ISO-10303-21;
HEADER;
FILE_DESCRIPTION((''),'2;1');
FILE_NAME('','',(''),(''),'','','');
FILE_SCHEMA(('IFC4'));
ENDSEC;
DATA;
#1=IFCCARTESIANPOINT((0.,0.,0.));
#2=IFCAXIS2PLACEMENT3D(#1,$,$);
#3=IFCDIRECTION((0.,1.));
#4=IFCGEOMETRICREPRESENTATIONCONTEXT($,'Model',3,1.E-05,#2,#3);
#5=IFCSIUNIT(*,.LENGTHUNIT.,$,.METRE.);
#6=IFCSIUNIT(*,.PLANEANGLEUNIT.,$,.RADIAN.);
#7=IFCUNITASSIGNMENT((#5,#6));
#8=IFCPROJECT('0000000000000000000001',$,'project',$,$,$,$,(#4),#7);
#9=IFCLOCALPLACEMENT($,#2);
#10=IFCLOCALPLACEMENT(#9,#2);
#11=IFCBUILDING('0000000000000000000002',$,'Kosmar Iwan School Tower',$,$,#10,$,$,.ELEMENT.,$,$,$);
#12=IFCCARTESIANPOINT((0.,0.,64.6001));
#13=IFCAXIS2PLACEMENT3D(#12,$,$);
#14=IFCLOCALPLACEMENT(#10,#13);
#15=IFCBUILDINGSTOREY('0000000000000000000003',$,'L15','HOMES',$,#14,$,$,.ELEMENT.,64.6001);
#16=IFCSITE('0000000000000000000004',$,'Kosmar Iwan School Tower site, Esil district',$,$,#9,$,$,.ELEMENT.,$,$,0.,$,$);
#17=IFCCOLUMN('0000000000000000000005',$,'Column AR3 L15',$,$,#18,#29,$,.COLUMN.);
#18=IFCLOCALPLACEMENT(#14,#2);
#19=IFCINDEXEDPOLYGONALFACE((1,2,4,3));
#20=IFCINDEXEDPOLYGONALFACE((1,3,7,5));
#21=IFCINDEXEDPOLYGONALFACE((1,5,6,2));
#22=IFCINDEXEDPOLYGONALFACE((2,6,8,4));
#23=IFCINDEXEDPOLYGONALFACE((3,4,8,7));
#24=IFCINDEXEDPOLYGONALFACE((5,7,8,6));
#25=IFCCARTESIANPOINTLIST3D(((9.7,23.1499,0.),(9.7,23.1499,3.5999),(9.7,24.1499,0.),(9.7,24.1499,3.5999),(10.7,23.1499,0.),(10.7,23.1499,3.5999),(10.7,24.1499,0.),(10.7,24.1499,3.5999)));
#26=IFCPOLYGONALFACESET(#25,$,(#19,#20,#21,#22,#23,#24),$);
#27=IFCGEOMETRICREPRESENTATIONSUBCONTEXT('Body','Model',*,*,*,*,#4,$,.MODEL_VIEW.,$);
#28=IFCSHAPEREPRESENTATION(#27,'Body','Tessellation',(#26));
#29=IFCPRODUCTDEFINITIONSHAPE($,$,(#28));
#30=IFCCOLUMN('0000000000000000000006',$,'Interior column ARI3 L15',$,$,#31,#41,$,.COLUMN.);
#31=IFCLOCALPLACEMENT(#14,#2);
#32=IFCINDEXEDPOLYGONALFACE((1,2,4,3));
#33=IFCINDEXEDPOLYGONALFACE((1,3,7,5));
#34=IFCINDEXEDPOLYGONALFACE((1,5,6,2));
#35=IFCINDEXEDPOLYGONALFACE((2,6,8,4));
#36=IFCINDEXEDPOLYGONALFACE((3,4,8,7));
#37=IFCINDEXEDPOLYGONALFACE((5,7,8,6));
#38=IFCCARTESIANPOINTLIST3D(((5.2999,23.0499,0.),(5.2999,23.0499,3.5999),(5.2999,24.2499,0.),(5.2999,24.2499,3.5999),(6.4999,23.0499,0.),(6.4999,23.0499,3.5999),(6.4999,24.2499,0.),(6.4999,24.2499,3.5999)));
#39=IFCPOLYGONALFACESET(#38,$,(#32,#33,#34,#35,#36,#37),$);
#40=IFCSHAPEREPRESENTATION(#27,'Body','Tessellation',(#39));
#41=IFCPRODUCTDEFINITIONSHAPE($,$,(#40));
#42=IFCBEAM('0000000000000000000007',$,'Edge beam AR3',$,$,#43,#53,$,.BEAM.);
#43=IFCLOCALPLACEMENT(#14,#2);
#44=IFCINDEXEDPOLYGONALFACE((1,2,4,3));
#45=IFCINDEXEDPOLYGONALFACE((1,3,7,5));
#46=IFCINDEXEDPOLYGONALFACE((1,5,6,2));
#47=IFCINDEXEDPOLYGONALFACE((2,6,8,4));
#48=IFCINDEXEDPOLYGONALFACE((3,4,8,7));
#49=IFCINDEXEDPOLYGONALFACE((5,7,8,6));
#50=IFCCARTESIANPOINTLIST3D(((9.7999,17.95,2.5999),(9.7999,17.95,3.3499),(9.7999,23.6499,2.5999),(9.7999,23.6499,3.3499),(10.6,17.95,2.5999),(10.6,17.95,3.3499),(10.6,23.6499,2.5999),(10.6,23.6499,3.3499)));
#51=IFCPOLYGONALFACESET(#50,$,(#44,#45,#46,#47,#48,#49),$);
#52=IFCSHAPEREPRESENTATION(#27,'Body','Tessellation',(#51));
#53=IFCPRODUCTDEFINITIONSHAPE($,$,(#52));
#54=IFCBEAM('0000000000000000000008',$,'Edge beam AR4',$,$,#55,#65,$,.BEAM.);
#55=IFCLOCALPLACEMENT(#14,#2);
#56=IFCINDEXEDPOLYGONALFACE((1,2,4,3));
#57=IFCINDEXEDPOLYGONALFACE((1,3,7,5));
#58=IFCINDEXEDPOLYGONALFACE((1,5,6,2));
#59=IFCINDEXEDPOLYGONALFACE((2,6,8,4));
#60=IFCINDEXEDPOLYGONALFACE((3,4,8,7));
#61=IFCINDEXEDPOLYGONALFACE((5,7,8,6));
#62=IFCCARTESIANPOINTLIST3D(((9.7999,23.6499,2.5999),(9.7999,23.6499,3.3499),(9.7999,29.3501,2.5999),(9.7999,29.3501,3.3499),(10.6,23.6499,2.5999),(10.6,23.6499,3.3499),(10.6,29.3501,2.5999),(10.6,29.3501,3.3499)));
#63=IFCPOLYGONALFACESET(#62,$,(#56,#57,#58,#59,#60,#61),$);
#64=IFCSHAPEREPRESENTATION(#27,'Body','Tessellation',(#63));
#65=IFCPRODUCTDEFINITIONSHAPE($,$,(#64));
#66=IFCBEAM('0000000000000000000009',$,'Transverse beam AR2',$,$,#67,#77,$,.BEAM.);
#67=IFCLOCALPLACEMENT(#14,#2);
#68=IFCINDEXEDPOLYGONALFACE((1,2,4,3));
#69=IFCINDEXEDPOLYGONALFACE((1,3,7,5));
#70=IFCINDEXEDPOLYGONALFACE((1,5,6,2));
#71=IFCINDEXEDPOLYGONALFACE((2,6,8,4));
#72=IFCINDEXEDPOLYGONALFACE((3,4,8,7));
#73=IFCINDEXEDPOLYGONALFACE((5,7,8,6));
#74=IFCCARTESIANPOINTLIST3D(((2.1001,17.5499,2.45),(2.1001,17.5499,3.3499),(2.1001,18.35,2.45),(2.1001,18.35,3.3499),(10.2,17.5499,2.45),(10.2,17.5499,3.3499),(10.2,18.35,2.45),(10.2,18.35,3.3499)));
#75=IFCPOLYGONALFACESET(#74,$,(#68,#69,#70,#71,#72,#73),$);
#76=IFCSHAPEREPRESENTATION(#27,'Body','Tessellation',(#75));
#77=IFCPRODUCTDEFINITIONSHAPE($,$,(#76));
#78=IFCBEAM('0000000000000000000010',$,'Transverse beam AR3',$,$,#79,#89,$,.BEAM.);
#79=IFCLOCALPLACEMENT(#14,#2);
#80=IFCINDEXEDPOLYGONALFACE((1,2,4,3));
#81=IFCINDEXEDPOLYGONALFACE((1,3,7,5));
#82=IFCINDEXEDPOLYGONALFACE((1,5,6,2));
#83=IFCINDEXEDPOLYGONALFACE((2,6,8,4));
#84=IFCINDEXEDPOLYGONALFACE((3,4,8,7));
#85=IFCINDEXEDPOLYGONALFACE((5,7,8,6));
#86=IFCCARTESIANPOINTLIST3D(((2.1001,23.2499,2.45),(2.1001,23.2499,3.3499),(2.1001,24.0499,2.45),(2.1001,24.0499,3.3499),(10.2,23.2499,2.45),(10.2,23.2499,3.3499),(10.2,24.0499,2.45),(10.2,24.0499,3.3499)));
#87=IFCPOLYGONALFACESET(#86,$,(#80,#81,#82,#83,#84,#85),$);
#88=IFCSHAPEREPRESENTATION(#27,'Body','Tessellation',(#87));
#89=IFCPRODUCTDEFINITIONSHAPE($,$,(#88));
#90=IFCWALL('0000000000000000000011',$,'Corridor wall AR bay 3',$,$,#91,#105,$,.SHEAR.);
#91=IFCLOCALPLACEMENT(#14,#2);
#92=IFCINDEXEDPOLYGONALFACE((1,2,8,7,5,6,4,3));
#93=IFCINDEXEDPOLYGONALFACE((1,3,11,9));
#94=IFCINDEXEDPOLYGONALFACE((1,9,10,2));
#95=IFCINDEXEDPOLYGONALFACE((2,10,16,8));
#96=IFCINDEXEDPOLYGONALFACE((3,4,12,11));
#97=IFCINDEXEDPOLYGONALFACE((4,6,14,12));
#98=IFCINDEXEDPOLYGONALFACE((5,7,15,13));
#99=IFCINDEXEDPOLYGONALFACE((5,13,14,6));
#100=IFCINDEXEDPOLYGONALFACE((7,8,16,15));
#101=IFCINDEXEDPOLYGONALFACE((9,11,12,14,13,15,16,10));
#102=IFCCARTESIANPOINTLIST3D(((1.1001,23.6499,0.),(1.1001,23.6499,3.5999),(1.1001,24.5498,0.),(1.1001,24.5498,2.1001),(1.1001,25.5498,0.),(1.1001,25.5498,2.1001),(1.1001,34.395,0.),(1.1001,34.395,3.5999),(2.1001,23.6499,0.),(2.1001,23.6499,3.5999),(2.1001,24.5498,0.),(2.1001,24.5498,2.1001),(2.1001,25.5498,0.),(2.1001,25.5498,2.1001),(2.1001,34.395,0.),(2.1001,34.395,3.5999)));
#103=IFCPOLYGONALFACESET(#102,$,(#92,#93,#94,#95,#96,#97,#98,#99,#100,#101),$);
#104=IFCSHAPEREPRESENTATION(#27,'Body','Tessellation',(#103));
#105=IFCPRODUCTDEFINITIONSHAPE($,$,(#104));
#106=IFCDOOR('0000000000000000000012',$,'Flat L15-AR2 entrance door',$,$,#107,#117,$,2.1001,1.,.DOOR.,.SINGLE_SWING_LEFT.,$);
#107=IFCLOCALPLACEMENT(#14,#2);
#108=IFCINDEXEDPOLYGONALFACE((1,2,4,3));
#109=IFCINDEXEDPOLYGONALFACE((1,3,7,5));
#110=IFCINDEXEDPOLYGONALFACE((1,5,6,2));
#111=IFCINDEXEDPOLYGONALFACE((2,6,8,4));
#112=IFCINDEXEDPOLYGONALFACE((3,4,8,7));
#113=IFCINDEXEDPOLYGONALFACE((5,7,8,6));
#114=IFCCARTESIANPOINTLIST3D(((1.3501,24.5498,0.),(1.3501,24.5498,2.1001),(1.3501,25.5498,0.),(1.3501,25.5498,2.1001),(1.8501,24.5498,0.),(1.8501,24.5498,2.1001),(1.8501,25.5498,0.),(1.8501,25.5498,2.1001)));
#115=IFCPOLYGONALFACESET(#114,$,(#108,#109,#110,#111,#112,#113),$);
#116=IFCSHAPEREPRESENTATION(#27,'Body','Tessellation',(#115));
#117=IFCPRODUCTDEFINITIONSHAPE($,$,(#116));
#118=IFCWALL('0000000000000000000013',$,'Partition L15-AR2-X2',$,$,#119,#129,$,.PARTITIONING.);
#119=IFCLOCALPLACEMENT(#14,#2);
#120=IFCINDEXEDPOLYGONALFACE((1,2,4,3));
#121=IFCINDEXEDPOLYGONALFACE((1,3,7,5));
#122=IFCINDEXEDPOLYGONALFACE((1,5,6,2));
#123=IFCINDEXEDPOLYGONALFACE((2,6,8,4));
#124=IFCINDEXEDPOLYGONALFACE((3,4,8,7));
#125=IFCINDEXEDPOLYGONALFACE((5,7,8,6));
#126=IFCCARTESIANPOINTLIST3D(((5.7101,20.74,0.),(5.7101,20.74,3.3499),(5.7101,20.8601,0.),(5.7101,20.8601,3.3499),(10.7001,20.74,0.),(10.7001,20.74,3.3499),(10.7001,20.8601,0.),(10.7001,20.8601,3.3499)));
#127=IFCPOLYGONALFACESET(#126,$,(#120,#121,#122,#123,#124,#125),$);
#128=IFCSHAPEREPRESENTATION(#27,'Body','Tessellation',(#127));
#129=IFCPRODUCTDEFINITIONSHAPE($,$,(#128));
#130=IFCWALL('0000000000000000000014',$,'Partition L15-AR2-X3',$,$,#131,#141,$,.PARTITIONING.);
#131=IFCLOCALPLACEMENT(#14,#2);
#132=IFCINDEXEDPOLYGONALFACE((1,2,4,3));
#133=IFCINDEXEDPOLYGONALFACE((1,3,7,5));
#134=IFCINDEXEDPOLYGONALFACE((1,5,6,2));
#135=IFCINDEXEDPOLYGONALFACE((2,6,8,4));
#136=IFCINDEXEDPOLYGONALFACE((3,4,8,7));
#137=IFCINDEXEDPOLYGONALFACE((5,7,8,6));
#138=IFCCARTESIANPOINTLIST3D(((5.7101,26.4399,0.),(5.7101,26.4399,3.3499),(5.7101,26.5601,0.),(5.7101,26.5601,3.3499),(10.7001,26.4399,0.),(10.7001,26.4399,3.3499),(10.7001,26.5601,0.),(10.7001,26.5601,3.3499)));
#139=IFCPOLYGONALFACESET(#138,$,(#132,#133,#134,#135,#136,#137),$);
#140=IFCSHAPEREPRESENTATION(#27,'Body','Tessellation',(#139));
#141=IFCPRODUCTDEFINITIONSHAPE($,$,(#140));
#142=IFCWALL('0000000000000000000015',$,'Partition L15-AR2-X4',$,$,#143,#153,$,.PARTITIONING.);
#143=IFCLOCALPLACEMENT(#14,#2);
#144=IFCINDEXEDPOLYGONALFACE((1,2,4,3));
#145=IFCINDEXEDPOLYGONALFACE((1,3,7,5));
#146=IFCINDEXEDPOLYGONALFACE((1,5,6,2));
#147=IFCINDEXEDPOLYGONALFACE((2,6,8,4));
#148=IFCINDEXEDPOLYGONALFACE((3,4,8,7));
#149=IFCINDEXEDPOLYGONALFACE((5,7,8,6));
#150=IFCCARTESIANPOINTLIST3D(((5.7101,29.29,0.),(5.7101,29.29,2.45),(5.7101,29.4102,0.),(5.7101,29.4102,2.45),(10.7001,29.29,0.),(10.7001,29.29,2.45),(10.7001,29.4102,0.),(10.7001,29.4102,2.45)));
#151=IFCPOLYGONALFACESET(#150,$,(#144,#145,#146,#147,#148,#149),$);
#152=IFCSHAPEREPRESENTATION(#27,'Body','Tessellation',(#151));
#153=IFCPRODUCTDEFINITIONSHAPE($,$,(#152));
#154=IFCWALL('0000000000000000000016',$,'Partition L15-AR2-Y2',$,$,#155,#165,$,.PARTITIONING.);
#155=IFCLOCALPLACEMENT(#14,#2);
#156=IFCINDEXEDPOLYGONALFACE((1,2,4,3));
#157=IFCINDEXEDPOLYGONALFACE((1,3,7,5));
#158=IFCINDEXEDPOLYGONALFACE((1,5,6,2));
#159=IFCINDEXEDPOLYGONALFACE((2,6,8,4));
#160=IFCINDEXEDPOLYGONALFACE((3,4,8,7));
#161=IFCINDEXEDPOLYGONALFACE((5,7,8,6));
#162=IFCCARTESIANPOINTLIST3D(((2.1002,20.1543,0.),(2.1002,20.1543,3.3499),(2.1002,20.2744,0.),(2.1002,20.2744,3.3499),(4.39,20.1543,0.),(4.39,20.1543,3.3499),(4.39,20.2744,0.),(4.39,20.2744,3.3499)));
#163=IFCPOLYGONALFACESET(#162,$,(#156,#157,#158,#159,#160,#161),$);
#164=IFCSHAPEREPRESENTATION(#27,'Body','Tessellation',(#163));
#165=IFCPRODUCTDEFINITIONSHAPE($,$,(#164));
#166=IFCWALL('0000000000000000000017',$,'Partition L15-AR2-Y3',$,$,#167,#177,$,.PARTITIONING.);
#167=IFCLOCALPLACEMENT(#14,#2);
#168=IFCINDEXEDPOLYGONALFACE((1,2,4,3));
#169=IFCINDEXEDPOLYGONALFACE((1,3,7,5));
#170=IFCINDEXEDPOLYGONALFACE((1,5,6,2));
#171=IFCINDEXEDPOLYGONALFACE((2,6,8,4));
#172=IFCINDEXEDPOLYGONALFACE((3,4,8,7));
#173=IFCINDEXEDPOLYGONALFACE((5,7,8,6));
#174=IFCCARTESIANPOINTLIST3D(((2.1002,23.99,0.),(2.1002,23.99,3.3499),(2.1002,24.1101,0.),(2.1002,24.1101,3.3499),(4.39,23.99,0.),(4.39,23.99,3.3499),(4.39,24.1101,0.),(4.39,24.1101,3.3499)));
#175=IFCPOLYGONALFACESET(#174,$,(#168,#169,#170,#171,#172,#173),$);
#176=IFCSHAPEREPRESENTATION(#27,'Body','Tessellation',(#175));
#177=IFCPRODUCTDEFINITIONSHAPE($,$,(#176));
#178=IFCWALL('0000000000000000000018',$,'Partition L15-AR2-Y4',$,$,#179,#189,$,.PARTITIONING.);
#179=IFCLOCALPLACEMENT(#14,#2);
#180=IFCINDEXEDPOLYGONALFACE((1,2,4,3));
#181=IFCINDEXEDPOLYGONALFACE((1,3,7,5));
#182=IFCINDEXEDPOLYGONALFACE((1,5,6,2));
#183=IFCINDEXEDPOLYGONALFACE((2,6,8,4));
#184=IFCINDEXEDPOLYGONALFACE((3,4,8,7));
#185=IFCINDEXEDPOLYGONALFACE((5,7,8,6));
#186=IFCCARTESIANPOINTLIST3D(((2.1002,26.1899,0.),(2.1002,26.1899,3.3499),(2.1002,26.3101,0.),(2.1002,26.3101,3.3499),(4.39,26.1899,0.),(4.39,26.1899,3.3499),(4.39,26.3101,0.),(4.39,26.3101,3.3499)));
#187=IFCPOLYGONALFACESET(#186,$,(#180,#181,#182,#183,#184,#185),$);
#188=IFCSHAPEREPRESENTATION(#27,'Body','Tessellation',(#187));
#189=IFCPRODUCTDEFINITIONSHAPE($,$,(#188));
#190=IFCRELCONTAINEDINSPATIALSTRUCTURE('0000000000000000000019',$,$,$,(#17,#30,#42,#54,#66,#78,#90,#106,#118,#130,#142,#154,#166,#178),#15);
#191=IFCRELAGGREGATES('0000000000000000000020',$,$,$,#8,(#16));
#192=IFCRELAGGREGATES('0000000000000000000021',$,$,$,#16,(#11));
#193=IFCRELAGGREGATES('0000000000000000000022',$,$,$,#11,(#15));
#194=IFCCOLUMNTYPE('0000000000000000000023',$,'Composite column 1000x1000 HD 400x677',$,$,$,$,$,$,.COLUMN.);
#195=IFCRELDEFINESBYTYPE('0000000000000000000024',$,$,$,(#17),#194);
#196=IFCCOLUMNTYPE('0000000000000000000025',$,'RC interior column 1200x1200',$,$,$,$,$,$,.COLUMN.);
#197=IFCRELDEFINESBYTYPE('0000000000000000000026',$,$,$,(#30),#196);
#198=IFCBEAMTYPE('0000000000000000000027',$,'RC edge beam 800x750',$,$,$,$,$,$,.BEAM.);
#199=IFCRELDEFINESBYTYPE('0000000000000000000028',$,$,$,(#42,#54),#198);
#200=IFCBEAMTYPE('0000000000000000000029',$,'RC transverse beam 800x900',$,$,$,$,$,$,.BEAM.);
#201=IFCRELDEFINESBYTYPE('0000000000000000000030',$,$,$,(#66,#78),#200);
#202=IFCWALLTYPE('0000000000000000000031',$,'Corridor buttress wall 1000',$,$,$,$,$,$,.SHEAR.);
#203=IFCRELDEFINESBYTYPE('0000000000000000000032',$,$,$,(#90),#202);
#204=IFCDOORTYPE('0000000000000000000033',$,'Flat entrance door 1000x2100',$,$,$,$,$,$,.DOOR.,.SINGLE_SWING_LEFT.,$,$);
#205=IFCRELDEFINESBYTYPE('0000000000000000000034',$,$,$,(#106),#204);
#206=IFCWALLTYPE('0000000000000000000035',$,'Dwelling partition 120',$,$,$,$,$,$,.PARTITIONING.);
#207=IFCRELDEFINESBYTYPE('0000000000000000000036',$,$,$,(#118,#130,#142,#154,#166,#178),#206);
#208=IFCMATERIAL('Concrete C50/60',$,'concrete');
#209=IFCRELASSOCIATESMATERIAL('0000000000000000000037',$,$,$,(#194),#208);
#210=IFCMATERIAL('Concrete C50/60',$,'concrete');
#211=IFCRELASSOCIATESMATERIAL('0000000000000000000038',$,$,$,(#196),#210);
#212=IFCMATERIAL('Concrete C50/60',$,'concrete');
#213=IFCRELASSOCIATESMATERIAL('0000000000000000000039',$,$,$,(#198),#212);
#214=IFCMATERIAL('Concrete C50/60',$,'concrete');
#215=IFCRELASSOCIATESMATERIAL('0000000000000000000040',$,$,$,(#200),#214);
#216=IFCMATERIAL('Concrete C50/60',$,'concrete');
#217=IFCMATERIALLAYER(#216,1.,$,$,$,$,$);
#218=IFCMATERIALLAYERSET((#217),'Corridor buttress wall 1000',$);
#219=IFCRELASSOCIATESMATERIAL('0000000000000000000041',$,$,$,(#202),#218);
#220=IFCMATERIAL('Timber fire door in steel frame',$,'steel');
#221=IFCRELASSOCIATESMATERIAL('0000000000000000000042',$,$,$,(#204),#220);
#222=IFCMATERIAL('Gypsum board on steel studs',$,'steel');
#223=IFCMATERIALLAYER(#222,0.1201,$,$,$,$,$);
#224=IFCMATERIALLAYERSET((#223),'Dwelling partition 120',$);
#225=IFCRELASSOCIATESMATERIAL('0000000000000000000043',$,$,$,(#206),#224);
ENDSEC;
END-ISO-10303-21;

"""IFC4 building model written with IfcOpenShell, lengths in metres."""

from ifc_helpers import new_model, si_unit, direction, frame, frame_2d, origin, origin_2d, place, context, subcontext, project, spatial, rectangle, extrude, material, layer, layer_set, material_profile, profile_set, type_object, element, fill, save


model = new_model("IFC4")

# Units and contexts
model_context = context("Model", 3, precision=1e-05, world=origin(), true_north=direction((0.0, 1.0)))
body_context = subcontext(model_context, "Body", "Model", "MODEL_VIEW")
ifc_project = project(units=[si_unit("LENGTHUNIT", "METRE"), si_unit("PLANEANGLEUNIT", "RADIAN")], contexts=[model_context])

# Site, building, storey
site_placement = place(None, origin())
site = spatial("IfcSite", under=ifc_project, at=site_placement, Name="Kosmar Iwan School Tower site, Esil district", CompositionType="ELEMENT", RefElevation=0.0)
building_placement = place(site_placement, origin())
building = spatial("IfcBuilding", under=site, at=building_placement, Name="Kosmar Iwan School Tower", CompositionType="ELEMENT")
storey_placement = place(building_placement, frame((0.0, 0.0, 64.6001)))
storey = spatial("IfcBuildingStorey", under=building, at=storey_placement, Name="L15", Description="HOMES", CompositionType="ELEMENT", Elevation=64.6001)

# Columns
ifc_material_1 = material(Name="Concrete C50/60", Category="concrete")
ifc_material_profile_1 = material_profile(ifc_material_1, rectangle(XDim=1.0, YDim=1.0, at=origin_2d()), Name="RC 1000x1000 + HD 400x677")
ifc_profile_set_1 = profile_set([ifc_material_profile_1], Name="Concrete C50/60")
column_type_1 = type_object("IfcColumnType", Name="Composite column 1000x1000 HD 400x677", PredefinedType="COLUMN", material=ifc_profile_set_1)
column_1_placement = place(storey_placement, frame((10.2, 23.6499, 0.0), z_axis=(0.0, 0.0, 1.0), x_axis=(0.0, 1.0, 0.0)))
element("IfcColumn", 1, at=column_1_placement, inside=storey, type_object=column_type_1, Name="Column AR3 L15", PredefinedType="COLUMN", context=body_context, shape_type="SweptSolid", body=[
    extrude(rectangle(XDim=1.0, YDim=1.0, at=origin_2d()), origin(), (0.0, 0.0, 1.0), 3.5999),
])
ifc_material_2 = material(Name="Concrete C50/60", Category="concrete")
ifc_material_profile_2 = material_profile(ifc_material_2, rectangle(XDim=1.2, YDim=1.2, at=origin_2d()), Name="RC 1200x1200")
ifc_profile_set_2 = profile_set([ifc_material_profile_2], Name="Concrete C50/60")
column_type_2 = type_object("IfcColumnType", Name="RC interior column 1200x1200", PredefinedType="COLUMN", material=ifc_profile_set_2)
column_2_placement = place(storey_placement, frame((5.8999, 23.6499, 0.0), z_axis=(0.0, 0.0, 1.0), x_axis=(0.0, 1.0, 0.0)))
element("IfcColumn", 2, at=column_2_placement, inside=storey, type_object=column_type_2, Name="Interior column ARI3 L15", PredefinedType="COLUMN", context=body_context, shape_type="SweptSolid", body=[
    extrude(rectangle(XDim=1.2, YDim=1.2, at=origin_2d()), origin(), (0.0, 0.0, 1.0), 3.5999),
])

# Beams
ifc_material_3 = material(Name="Concrete C50/60", Category="concrete")
ifc_material_profile_3 = material_profile(ifc_material_3, rectangle(XDim=0.8, YDim=0.75, at=origin_2d()), Name="RC 800x750")
ifc_profile_set_3 = profile_set([ifc_material_profile_3], Name="Concrete C50/60")
beam_type_1 = type_object("IfcBeamType", Name="RC edge beam 800x750", PredefinedType="BEAM", material=ifc_profile_set_3)
beam_1_placement = place(storey_placement, frame((10.2, 17.95, 2.9749), z_axis=(0.0, 1.0, 0.0), x_axis=(-1.0, 0.0, 0.0)))
element("IfcBeam", 3, at=beam_1_placement, inside=storey, type_object=beam_type_1, Name="Edge beam AR3", PredefinedType="BEAM", context=body_context, shape_type="SweptSolid", body=[
    extrude(rectangle(XDim=0.8, YDim=0.75, at=origin_2d()), origin(), (0.0, 0.0, 1.0), 5.7),
])
beam_2_placement = place(storey_placement, frame((10.2, 23.6499, 2.9749), z_axis=(0.0, 1.0, 0.0), x_axis=(-1.0, 0.0, 0.0)))
element("IfcBeam", 4, at=beam_2_placement, inside=storey, type_object=beam_type_1, Name="Edge beam AR4", PredefinedType="BEAM", context=body_context, shape_type="SweptSolid", body=[
    extrude(rectangle(XDim=0.8, YDim=0.75, at=origin_2d()), origin(), (0.0, 0.0, 1.0), 5.7002),
])
ifc_material_4 = material(Name="Concrete C50/60", Category="concrete")
ifc_material_profile_4 = material_profile(ifc_material_4, rectangle(XDim=0.8, YDim=0.8999, at=origin_2d()), Name="RC 800x900")
ifc_profile_set_4 = profile_set([ifc_material_profile_4], Name="Concrete C50/60")
beam_type_2 = type_object("IfcBeamType", Name="RC transverse beam 800x900", PredefinedType="BEAM", material=ifc_profile_set_4)
for number, where, z_axis, x_axis, name in (
    (5, (10.2, 17.95, 2.8999), (-1.0, 0.0, 0.0), (0.0, -1.0, 0.0), "Transverse beam AR2"),
    (6, (10.2, 23.6499, 2.8999), (-1.0, 0.0, 0.0), (0.0, -1.0, 0.0), "Transverse beam AR3"),
):
    element("IfcBeam", number, at=place(storey_placement, frame(where, z_axis=z_axis, x_axis=x_axis)), inside=storey, type_object=beam_type_2, Name=name, PredefinedType="BEAM", context=body_context, shape_type="SweptSolid", body=[
        extrude(rectangle(XDim=0.8, YDim=0.8999, at=origin_2d()), origin(), (0.0, 0.0, 1.0), 8.0999),
    ])

# Wall, opening, door
ifc_material_5 = material(Name="Concrete C50/60", Category="concrete")
ifc_layer_1 = layer(ifc_material_5, 1.0)
ifc_layer_set_1 = layer_set([ifc_layer_1], Name="Corridor buttress wall 1000")
wall_type_1 = type_object("IfcWallType", Name="Corridor buttress wall 1000", PredefinedType="SHEAR", material=ifc_layer_set_1)
wall_1_placement = place(storey_placement, frame((1.6001, 23.6499, 0.0), z_axis=(0.0, 0.0, 1.0), x_axis=(0.0, 1.0, 0.0)))
wall_1 = element("IfcWall", 7, at=wall_1_placement, inside=storey, type_object=wall_type_1, Name="Corridor wall AR bay 3", PredefinedType="SHEAR", context=body_context, shape_type="SweptSolid", body=[
    extrude(rectangle(XDim=10.7451, YDim=1.0, at=frame_2d((5.3726, 0.0))), origin(), (0.0, 0.0, 1.0), 3.5999),
])
opening_placement = place(wall_1_placement, frame((0.8999, 0.0, 0.0)))
opening = element("IfcOpeningElement", 8, at=opening_placement, cuts=wall_1, PredefinedType="OPENING", context=body_context, shape_type="SweptSolid", body=[
    extrude(rectangle(XDim=1.0, YDim=2.1001, at=frame_2d((0.5, 1.05))), frame((0.0, 0.512, 0.0), z_axis=(0.0, -1.0, 0.0), x_axis=(1.0, 0.0, 0.0)), (0.0, 0.0, 1.0), 1.0239),
])
ifc_material_6 = material(Name="Timber fire door in steel frame", Category="steel")
door_type = type_object("IfcDoorType", Name="Flat entrance door 1000x2100", OperationType="SINGLE_SWING_LEFT", PredefinedType="DOOR", material=ifc_material_6)
door_placement = place(opening_placement, origin())
door = element("IfcDoor", 9, at=door_placement, inside=storey, type_object=door_type, Name="Flat L15-AR2 entrance door", OperationType="SINGLE_SWING_LEFT", OverallHeight=2.1001, OverallWidth=1.0, PredefinedType="DOOR", context=body_context, shape_type="SweptSolid", body=[
    extrude(rectangle(XDim=1.0, YDim=2.1001, at=frame_2d((0.5, 1.05))), frame((0.0, 0.25, 0.0), z_axis=(0.0, -1.0, 0.0), x_axis=(1.0, 0.0, 0.0)), (0.0, 0.0, 1.0), 0.5),
])
fill(opening, door)

# Walls
ifc_material_7 = material(Name="Gypsum board on steel studs", Category="steel")
ifc_layer_2 = layer(ifc_material_7, 0.1201)
ifc_layer_set_2 = layer_set([ifc_layer_2], Name="Dwelling partition 120")
wall_type_2 = type_object("IfcWallType", Name="Dwelling partition 120", PredefinedType="PARTITIONING", material=ifc_layer_set_2)
for number, where, z_axis, x_axis, name in (
    (10, (5.71, 20.8, 0.0), (0.0, 0.0, 1.0), (1.0, 0.0, 0.0), "Partition L15-AR2-X2"),
    (11, (5.71, 26.5, 0.0), (0.0, 0.0, 1.0), (1.0, 0.0, 0.0), "Partition L15-AR2-X3"),
):
    element("IfcWall", number, at=place(storey_placement, frame(where, z_axis=z_axis, x_axis=x_axis)), inside=storey, type_object=wall_type_2, Name=name, PredefinedType="PARTITIONING", context=body_context, shape_type="SweptSolid", body=[
        extrude(rectangle(XDim=4.99, YDim=0.1201, at=frame_2d((2.4951, 0.0))), origin(), (0.0, 0.0, 1.0), 3.3499),
    ])
wall_2_placement = place(storey_placement, frame((5.71, 29.3501, 0.0), z_axis=(0.0, 0.0, 1.0), x_axis=(1.0, 0.0, 0.0)))
element("IfcWall", 12, at=wall_2_placement, inside=storey, type_object=wall_type_2, Name="Partition L15-AR2-X4", PredefinedType="PARTITIONING", context=body_context, shape_type="SweptSolid", body=[
    extrude(rectangle(XDim=4.99, YDim=0.1201, at=frame_2d((2.4951, 0.0))), origin(), (0.0, 0.0, 1.0), 2.45),
])
for number, where, z_axis, x_axis, name in (
    (13, (2.1001, 20.2144, 0.0), (0.0, 0.0, 1.0), (1.0, 0.0, 0.0), "Partition L15-AR2-Y2"),
    (14, (2.1001, 24.05, 0.0), (0.0, 0.0, 1.0), (1.0, 0.0, 0.0), "Partition L15-AR2-Y3"),
    (15, (2.1001, 26.25, 0.0), (0.0, 0.0, 1.0), (1.0, 0.0, 0.0), "Partition L15-AR2-Y4"),
):
    element("IfcWall", number, at=place(storey_placement, frame(where, z_axis=z_axis, x_axis=x_axis)), inside=storey, type_object=wall_type_2, Name=name, PredefinedType="PARTITIONING", context=body_context, shape_type="SweptSolid", body=[
        extrude(rectangle(XDim=2.2898, YDim=0.1201, at=frame_2d((1.145, 0.0))), origin(), (0.0, 0.0, 1.0), 3.3499),
    ])

save(model, "model.ifc")
